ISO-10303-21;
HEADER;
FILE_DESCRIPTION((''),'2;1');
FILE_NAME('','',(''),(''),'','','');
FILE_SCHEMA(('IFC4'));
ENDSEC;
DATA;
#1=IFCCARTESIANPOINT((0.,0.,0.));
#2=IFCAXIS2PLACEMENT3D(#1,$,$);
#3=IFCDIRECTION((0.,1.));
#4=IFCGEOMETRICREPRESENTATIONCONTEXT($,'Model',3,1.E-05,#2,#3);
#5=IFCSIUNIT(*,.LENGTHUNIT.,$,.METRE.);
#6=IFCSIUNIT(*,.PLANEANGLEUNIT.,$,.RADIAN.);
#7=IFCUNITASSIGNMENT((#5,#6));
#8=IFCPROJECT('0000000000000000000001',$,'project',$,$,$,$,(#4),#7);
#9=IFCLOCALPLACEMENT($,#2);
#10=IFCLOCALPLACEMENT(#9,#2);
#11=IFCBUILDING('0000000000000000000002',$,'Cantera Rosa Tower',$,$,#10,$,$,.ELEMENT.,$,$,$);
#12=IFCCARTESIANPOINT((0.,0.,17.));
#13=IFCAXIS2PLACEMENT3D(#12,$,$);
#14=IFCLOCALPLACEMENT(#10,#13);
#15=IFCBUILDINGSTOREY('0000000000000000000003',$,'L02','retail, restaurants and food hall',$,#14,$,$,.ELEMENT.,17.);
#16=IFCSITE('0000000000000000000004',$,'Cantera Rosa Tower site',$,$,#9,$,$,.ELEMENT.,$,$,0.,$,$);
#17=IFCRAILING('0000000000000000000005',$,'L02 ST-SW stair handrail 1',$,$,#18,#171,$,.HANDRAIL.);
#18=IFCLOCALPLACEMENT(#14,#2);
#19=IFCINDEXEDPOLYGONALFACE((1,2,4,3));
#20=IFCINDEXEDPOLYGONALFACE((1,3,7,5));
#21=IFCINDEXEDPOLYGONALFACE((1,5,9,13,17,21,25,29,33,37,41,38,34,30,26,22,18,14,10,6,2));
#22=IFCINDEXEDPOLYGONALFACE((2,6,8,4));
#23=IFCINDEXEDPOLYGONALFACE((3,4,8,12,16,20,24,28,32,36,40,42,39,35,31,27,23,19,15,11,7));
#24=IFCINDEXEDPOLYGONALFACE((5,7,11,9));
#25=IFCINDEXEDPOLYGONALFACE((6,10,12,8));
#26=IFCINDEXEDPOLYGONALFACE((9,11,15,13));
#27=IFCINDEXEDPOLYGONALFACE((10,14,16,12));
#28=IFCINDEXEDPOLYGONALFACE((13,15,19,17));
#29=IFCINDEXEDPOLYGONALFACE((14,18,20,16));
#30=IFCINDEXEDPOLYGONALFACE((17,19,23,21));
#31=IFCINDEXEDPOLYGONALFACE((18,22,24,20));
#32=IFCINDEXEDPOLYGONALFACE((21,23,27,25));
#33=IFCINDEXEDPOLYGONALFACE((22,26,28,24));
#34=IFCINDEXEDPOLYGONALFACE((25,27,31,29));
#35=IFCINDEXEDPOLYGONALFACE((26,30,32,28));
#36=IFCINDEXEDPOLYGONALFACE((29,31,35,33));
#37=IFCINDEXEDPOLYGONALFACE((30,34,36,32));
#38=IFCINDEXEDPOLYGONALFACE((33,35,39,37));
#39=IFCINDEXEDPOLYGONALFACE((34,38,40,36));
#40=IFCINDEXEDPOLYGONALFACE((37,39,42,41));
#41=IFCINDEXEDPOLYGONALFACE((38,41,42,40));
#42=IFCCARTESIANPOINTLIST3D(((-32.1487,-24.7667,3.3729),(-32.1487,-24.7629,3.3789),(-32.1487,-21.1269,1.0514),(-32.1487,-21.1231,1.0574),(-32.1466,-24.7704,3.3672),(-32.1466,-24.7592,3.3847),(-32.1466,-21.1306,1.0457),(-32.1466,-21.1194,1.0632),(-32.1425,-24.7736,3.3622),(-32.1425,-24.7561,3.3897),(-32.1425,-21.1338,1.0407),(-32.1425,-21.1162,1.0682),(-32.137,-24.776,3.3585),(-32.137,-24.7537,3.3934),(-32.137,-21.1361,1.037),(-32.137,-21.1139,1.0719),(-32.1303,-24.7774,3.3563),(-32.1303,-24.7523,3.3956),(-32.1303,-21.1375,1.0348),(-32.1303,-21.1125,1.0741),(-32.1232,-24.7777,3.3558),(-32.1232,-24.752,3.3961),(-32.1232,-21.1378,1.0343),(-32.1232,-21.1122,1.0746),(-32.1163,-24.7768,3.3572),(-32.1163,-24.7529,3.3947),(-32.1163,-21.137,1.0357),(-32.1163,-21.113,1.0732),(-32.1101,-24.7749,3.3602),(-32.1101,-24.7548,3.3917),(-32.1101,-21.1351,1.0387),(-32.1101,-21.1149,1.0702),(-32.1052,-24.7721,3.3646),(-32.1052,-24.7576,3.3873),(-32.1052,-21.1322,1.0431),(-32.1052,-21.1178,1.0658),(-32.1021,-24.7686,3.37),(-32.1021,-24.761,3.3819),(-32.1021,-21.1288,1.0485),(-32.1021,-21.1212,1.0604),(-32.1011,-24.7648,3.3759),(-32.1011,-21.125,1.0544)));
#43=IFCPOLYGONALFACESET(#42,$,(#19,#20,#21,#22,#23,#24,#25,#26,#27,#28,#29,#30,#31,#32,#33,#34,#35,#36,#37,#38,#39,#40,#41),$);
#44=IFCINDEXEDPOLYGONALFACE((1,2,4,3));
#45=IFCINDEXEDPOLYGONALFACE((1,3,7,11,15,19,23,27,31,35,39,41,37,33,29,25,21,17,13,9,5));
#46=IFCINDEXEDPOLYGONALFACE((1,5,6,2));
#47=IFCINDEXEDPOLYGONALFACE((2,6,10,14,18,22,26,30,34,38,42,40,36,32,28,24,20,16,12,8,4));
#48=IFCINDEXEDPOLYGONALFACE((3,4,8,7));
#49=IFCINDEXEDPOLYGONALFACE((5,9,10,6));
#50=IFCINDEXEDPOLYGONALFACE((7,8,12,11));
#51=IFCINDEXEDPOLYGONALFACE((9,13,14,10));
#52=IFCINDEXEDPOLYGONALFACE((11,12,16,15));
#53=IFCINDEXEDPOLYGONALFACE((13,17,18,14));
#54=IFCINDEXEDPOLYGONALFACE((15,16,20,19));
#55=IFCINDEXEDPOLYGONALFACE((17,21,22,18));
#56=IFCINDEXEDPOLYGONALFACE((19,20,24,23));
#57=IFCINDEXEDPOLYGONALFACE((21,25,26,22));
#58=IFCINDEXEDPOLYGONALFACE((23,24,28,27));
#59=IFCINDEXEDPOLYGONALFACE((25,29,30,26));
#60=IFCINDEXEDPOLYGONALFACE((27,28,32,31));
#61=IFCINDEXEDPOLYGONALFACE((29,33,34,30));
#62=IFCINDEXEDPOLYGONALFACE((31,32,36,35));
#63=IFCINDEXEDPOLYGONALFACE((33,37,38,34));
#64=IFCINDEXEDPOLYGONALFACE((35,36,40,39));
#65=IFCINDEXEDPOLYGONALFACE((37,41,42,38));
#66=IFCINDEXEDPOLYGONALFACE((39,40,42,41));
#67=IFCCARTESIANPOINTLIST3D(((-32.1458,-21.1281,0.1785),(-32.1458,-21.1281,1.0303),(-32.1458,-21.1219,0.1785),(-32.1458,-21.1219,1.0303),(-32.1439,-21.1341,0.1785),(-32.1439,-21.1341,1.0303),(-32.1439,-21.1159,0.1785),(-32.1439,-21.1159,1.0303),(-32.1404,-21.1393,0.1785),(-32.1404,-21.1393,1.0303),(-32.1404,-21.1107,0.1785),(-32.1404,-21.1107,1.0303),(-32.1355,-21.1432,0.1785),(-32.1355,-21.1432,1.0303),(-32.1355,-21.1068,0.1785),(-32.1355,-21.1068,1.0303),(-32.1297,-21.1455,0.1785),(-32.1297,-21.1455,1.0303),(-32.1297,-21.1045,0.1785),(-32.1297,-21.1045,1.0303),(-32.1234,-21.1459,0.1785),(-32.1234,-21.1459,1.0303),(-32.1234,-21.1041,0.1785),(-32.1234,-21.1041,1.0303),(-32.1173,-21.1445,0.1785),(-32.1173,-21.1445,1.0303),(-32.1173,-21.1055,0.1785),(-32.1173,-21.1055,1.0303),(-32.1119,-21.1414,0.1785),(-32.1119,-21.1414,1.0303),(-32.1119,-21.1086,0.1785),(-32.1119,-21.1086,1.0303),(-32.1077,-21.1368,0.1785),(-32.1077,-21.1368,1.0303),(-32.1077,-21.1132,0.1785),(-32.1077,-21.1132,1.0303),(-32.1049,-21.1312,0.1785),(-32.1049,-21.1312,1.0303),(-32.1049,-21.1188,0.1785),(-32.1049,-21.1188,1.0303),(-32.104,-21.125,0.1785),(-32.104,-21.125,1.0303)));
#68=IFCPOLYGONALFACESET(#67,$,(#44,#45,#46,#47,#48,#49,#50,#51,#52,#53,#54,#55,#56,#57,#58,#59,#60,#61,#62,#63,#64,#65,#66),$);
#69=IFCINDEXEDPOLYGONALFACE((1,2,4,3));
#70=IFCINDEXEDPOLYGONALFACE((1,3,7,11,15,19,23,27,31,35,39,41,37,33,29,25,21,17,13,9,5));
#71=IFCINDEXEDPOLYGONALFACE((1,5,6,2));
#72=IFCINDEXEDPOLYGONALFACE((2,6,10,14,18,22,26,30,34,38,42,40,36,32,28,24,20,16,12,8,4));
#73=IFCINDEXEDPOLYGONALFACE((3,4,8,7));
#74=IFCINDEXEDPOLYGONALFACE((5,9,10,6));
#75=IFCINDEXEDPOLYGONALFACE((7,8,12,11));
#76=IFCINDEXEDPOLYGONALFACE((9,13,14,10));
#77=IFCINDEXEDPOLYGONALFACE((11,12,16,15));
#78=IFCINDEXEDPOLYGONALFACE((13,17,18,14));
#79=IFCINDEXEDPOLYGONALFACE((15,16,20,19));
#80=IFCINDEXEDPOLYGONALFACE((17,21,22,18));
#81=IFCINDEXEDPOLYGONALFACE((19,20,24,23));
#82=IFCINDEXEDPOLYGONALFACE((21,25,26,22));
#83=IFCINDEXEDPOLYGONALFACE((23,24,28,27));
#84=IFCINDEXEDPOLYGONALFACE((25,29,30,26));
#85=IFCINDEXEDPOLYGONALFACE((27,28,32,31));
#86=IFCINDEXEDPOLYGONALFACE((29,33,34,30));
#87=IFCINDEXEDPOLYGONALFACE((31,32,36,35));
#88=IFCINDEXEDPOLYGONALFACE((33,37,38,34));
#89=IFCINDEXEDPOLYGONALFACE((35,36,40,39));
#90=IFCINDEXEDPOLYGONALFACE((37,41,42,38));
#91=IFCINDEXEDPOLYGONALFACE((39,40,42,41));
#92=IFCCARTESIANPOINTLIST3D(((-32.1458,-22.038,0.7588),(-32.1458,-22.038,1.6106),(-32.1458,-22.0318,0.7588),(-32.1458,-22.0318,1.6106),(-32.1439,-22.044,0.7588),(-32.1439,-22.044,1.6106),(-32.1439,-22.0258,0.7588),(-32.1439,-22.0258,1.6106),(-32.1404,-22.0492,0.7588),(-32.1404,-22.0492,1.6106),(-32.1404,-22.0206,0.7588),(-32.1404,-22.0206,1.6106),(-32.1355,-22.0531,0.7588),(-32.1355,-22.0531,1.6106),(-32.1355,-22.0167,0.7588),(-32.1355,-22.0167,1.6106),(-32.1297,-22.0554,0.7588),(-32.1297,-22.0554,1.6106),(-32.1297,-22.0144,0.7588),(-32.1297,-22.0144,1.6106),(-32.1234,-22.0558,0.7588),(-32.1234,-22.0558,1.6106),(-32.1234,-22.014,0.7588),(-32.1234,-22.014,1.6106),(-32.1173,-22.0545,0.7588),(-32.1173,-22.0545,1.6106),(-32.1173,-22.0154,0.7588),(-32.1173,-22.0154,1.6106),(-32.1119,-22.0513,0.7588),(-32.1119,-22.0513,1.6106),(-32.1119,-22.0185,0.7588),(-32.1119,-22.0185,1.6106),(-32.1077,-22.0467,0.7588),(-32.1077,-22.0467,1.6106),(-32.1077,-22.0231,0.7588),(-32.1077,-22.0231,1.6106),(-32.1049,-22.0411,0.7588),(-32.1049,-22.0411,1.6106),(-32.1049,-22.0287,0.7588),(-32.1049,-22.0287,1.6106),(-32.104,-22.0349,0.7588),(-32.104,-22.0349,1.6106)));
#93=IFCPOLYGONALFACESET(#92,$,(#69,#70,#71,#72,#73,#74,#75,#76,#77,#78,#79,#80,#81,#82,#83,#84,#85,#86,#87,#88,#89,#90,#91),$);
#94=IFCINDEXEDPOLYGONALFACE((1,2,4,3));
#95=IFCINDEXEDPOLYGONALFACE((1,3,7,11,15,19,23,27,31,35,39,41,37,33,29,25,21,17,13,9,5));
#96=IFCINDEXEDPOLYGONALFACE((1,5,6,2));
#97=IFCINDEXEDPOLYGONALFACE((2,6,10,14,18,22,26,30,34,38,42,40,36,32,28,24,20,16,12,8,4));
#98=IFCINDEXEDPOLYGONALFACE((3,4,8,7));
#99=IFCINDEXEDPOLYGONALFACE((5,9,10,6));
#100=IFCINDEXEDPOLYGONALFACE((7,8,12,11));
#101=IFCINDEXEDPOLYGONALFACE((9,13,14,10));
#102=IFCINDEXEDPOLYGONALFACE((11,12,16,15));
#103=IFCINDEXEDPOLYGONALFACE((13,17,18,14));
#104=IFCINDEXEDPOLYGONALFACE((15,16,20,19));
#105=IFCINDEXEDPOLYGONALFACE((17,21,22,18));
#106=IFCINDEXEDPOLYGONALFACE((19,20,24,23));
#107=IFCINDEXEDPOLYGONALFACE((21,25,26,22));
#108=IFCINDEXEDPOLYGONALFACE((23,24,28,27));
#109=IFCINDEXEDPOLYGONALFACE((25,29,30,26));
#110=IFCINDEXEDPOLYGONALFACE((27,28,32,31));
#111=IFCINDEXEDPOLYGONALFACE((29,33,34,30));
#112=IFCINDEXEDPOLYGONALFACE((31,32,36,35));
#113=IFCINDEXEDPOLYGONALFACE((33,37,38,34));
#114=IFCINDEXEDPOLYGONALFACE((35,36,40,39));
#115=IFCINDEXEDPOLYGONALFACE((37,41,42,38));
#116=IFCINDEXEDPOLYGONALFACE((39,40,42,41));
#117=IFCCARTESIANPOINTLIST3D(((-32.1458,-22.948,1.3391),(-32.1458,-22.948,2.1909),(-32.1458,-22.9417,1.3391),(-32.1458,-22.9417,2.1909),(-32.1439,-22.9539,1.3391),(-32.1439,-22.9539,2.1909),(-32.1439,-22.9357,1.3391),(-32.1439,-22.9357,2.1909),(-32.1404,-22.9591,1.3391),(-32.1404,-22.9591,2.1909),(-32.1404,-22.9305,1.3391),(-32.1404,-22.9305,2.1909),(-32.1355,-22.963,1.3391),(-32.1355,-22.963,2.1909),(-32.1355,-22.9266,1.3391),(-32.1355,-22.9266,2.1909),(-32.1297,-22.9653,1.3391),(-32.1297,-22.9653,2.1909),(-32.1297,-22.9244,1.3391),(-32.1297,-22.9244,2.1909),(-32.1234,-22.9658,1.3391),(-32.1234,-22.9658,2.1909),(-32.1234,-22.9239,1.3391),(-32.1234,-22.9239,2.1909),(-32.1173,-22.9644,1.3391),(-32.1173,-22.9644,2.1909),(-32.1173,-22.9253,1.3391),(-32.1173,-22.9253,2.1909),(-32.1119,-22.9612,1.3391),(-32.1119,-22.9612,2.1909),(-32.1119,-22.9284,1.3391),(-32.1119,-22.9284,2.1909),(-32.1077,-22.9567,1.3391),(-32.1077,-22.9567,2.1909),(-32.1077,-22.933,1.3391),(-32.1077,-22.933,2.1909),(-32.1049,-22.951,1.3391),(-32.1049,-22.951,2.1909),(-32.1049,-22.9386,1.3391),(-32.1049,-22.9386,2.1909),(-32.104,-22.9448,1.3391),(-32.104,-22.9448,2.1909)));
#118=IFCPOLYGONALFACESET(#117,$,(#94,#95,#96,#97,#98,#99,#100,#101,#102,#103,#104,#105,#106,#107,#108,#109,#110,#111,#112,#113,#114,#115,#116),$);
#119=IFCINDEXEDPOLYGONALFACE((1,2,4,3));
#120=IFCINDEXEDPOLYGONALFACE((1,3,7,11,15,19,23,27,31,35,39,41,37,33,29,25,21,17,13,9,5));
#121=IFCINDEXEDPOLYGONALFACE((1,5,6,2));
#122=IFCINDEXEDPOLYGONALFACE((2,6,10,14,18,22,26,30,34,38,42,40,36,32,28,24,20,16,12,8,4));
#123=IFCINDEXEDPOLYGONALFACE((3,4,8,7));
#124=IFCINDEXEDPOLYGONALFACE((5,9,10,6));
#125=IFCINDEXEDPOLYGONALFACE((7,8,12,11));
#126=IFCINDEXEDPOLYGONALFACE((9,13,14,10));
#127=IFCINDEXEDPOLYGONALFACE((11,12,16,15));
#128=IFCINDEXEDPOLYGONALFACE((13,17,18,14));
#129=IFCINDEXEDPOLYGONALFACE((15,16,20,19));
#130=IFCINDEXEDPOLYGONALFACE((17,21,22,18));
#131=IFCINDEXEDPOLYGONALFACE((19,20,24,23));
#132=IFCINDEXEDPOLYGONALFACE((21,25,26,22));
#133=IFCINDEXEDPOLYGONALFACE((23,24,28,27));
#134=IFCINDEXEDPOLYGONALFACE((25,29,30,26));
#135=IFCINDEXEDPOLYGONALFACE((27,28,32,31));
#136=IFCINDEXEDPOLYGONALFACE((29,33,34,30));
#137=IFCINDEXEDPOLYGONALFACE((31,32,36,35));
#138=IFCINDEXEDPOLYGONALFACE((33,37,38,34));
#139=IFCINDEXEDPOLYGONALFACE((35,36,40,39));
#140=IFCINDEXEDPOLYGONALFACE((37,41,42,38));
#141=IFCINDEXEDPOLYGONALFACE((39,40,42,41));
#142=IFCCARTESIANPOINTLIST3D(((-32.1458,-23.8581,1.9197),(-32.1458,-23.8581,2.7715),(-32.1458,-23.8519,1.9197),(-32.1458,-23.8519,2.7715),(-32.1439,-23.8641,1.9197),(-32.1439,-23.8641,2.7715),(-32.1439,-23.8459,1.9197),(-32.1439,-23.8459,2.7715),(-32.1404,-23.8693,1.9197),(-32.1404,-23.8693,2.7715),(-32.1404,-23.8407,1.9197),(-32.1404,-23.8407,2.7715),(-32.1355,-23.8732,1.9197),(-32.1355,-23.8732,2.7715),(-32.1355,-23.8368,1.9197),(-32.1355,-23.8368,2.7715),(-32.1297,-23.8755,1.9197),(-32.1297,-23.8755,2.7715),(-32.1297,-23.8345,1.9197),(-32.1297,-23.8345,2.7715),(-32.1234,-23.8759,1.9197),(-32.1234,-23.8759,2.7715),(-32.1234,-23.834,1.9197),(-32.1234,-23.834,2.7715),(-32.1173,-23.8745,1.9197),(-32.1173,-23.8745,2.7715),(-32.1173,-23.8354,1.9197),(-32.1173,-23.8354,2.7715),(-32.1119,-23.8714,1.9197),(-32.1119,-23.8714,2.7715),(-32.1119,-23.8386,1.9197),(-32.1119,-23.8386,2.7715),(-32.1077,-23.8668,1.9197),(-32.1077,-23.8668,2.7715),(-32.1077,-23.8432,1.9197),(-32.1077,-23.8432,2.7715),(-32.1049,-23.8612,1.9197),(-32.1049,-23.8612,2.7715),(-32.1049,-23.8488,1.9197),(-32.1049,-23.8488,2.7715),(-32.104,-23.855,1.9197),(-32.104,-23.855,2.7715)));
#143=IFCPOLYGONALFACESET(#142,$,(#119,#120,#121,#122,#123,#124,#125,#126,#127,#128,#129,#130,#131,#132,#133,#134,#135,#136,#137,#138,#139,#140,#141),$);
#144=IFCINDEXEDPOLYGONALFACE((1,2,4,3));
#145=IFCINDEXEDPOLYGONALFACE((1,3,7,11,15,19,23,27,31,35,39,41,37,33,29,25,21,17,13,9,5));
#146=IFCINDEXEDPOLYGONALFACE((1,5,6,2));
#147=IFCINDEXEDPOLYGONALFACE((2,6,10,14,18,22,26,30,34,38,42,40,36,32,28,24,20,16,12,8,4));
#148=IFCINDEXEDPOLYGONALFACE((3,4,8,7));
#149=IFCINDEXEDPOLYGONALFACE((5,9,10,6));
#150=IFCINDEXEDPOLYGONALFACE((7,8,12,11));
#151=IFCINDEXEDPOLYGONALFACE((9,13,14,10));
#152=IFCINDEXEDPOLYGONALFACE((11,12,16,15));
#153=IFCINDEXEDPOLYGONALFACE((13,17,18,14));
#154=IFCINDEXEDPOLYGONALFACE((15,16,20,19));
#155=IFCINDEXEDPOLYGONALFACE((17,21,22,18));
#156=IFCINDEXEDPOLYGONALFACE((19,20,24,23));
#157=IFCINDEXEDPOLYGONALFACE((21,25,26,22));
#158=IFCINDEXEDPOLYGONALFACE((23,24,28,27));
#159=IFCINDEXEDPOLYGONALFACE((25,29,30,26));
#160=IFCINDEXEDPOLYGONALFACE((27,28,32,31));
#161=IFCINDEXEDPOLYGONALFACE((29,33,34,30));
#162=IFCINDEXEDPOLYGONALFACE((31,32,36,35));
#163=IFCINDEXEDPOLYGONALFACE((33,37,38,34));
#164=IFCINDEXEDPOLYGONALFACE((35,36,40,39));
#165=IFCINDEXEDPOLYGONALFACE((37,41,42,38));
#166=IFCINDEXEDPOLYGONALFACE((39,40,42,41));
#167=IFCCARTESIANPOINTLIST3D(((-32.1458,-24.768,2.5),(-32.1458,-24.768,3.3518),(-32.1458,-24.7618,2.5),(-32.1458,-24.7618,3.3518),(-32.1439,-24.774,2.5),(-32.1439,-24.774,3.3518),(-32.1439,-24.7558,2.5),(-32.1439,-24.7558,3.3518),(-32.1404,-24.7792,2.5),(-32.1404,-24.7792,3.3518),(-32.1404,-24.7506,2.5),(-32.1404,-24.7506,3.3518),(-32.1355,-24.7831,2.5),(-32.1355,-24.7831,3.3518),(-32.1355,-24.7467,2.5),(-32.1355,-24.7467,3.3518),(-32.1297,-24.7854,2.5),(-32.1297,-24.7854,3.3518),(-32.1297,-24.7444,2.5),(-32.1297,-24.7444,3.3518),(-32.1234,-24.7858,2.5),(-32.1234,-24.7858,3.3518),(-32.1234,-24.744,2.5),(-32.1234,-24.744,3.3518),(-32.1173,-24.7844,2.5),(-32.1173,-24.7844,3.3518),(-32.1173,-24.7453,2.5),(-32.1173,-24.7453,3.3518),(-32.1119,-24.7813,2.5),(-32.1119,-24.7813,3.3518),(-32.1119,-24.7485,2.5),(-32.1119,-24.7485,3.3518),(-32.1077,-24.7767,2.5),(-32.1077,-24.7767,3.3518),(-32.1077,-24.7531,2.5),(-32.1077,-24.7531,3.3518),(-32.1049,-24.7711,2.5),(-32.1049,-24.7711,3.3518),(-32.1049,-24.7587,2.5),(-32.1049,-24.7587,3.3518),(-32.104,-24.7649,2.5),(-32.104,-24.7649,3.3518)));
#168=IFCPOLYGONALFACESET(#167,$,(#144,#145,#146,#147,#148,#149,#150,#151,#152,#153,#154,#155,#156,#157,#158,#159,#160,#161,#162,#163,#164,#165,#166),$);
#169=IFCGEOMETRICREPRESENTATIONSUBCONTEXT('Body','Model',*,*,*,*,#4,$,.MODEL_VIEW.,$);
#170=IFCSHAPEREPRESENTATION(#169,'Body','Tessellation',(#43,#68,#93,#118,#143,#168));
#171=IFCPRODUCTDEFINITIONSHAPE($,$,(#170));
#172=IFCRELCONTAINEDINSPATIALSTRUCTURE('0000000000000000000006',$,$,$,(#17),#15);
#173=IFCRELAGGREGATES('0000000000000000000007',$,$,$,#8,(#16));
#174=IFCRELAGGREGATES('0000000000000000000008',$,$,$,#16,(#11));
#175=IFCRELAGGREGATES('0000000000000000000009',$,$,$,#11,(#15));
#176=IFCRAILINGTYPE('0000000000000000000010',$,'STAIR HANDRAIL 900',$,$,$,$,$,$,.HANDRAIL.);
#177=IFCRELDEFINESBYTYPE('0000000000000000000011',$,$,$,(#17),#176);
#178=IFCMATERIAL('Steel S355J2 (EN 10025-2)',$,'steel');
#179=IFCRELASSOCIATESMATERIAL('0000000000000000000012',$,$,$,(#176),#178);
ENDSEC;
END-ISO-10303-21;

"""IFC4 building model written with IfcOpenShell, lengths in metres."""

from ifc_helpers import new_model, si_unit, direction, frame, origin, origin_2d, place, context, subcontext, project, spatial, circle, extrude, material, type_object, element, save


model = new_model("IFC4")

# Units and contexts
model_context = context("Model", 3, precision=1e-05, world=origin(), true_north=direction((0.0, 1.0)))
body_context = subcontext(model_context, "Body", "Model", "MODEL_VIEW")
ifc_project = project(units=[si_unit("LENGTHUNIT", "METRE"), si_unit("PLANEANGLEUNIT", "RADIAN")], contexts=[model_context])

# Site, building, storey
site_placement = place(None, origin())
site = spatial("IfcSite", under=ifc_project, at=site_placement, Name="Cantera Rosa Tower site", CompositionType="ELEMENT", RefElevation=0.0)
building_placement = place(site_placement, origin())
building = spatial("IfcBuilding", under=site, at=building_placement, Name="Cantera Rosa Tower", CompositionType="ELEMENT")
storey_placement = place(building_placement, frame((0.0, 0.0, 17.0)))
storey = spatial("IfcBuildingStorey", under=building, at=storey_placement, Name="L02", Description="retail, restaurants and food hall", CompositionType="ELEMENT", Elevation=17.0)

# Railing
ifc_material_1 = material(Name="Steel S355J2 (EN 10025-2)", Category="steel")
railing_type_1 = type_object("IfcRailingType", Name="STAIR HANDRAIL 900", PredefinedType="HANDRAIL", material=ifc_material_1)
railing_1_placement = place(storey_placement, frame((-32.125, -21.125, 0.1785)))
element("IfcRailing", 1, at=railing_1_placement, inside=storey, type_object=railing_type_1, Name="L02 ST-SW stair handrail 1", PredefinedType="HANDRAIL", context=body_context, shape_type="SweptSolid", body=[
    extrude(circle(Radius=0.0239, at=origin_2d()), frame((0.0, 0.0, 0.876), z_axis=(0.0, -0.843112, 0.537739), x_axis=(1.0, 0.0, 0.0)), (0.0, 0.0, 1.0), 4.3171),
    extrude(circle(Radius=0.021, at=origin_2d()), origin(), (0.0, 0.0, 1.0), 0.8518),
    extrude(circle(Radius=0.021, at=origin_2d()), frame((0.0, -0.9099, 0.5803)), (0.0, 0.0, 1.0), 0.8518),
    extrude(circle(Radius=0.021, at=origin_2d()), frame((0.0, -1.8198, 1.1606)), (0.0, 0.0, 1.0), 0.8518),
    extrude(circle(Radius=0.021, at=origin_2d()), frame((0.0, -2.73, 1.7412)), (0.0, 0.0, 1.0), 0.8518),
    extrude(circle(Radius=0.021, at=origin_2d()), frame((0.0, -3.6399, 2.3215)), (0.0, 0.0, 1.0), 0.8518),
])

save(model, "model.ifc")
